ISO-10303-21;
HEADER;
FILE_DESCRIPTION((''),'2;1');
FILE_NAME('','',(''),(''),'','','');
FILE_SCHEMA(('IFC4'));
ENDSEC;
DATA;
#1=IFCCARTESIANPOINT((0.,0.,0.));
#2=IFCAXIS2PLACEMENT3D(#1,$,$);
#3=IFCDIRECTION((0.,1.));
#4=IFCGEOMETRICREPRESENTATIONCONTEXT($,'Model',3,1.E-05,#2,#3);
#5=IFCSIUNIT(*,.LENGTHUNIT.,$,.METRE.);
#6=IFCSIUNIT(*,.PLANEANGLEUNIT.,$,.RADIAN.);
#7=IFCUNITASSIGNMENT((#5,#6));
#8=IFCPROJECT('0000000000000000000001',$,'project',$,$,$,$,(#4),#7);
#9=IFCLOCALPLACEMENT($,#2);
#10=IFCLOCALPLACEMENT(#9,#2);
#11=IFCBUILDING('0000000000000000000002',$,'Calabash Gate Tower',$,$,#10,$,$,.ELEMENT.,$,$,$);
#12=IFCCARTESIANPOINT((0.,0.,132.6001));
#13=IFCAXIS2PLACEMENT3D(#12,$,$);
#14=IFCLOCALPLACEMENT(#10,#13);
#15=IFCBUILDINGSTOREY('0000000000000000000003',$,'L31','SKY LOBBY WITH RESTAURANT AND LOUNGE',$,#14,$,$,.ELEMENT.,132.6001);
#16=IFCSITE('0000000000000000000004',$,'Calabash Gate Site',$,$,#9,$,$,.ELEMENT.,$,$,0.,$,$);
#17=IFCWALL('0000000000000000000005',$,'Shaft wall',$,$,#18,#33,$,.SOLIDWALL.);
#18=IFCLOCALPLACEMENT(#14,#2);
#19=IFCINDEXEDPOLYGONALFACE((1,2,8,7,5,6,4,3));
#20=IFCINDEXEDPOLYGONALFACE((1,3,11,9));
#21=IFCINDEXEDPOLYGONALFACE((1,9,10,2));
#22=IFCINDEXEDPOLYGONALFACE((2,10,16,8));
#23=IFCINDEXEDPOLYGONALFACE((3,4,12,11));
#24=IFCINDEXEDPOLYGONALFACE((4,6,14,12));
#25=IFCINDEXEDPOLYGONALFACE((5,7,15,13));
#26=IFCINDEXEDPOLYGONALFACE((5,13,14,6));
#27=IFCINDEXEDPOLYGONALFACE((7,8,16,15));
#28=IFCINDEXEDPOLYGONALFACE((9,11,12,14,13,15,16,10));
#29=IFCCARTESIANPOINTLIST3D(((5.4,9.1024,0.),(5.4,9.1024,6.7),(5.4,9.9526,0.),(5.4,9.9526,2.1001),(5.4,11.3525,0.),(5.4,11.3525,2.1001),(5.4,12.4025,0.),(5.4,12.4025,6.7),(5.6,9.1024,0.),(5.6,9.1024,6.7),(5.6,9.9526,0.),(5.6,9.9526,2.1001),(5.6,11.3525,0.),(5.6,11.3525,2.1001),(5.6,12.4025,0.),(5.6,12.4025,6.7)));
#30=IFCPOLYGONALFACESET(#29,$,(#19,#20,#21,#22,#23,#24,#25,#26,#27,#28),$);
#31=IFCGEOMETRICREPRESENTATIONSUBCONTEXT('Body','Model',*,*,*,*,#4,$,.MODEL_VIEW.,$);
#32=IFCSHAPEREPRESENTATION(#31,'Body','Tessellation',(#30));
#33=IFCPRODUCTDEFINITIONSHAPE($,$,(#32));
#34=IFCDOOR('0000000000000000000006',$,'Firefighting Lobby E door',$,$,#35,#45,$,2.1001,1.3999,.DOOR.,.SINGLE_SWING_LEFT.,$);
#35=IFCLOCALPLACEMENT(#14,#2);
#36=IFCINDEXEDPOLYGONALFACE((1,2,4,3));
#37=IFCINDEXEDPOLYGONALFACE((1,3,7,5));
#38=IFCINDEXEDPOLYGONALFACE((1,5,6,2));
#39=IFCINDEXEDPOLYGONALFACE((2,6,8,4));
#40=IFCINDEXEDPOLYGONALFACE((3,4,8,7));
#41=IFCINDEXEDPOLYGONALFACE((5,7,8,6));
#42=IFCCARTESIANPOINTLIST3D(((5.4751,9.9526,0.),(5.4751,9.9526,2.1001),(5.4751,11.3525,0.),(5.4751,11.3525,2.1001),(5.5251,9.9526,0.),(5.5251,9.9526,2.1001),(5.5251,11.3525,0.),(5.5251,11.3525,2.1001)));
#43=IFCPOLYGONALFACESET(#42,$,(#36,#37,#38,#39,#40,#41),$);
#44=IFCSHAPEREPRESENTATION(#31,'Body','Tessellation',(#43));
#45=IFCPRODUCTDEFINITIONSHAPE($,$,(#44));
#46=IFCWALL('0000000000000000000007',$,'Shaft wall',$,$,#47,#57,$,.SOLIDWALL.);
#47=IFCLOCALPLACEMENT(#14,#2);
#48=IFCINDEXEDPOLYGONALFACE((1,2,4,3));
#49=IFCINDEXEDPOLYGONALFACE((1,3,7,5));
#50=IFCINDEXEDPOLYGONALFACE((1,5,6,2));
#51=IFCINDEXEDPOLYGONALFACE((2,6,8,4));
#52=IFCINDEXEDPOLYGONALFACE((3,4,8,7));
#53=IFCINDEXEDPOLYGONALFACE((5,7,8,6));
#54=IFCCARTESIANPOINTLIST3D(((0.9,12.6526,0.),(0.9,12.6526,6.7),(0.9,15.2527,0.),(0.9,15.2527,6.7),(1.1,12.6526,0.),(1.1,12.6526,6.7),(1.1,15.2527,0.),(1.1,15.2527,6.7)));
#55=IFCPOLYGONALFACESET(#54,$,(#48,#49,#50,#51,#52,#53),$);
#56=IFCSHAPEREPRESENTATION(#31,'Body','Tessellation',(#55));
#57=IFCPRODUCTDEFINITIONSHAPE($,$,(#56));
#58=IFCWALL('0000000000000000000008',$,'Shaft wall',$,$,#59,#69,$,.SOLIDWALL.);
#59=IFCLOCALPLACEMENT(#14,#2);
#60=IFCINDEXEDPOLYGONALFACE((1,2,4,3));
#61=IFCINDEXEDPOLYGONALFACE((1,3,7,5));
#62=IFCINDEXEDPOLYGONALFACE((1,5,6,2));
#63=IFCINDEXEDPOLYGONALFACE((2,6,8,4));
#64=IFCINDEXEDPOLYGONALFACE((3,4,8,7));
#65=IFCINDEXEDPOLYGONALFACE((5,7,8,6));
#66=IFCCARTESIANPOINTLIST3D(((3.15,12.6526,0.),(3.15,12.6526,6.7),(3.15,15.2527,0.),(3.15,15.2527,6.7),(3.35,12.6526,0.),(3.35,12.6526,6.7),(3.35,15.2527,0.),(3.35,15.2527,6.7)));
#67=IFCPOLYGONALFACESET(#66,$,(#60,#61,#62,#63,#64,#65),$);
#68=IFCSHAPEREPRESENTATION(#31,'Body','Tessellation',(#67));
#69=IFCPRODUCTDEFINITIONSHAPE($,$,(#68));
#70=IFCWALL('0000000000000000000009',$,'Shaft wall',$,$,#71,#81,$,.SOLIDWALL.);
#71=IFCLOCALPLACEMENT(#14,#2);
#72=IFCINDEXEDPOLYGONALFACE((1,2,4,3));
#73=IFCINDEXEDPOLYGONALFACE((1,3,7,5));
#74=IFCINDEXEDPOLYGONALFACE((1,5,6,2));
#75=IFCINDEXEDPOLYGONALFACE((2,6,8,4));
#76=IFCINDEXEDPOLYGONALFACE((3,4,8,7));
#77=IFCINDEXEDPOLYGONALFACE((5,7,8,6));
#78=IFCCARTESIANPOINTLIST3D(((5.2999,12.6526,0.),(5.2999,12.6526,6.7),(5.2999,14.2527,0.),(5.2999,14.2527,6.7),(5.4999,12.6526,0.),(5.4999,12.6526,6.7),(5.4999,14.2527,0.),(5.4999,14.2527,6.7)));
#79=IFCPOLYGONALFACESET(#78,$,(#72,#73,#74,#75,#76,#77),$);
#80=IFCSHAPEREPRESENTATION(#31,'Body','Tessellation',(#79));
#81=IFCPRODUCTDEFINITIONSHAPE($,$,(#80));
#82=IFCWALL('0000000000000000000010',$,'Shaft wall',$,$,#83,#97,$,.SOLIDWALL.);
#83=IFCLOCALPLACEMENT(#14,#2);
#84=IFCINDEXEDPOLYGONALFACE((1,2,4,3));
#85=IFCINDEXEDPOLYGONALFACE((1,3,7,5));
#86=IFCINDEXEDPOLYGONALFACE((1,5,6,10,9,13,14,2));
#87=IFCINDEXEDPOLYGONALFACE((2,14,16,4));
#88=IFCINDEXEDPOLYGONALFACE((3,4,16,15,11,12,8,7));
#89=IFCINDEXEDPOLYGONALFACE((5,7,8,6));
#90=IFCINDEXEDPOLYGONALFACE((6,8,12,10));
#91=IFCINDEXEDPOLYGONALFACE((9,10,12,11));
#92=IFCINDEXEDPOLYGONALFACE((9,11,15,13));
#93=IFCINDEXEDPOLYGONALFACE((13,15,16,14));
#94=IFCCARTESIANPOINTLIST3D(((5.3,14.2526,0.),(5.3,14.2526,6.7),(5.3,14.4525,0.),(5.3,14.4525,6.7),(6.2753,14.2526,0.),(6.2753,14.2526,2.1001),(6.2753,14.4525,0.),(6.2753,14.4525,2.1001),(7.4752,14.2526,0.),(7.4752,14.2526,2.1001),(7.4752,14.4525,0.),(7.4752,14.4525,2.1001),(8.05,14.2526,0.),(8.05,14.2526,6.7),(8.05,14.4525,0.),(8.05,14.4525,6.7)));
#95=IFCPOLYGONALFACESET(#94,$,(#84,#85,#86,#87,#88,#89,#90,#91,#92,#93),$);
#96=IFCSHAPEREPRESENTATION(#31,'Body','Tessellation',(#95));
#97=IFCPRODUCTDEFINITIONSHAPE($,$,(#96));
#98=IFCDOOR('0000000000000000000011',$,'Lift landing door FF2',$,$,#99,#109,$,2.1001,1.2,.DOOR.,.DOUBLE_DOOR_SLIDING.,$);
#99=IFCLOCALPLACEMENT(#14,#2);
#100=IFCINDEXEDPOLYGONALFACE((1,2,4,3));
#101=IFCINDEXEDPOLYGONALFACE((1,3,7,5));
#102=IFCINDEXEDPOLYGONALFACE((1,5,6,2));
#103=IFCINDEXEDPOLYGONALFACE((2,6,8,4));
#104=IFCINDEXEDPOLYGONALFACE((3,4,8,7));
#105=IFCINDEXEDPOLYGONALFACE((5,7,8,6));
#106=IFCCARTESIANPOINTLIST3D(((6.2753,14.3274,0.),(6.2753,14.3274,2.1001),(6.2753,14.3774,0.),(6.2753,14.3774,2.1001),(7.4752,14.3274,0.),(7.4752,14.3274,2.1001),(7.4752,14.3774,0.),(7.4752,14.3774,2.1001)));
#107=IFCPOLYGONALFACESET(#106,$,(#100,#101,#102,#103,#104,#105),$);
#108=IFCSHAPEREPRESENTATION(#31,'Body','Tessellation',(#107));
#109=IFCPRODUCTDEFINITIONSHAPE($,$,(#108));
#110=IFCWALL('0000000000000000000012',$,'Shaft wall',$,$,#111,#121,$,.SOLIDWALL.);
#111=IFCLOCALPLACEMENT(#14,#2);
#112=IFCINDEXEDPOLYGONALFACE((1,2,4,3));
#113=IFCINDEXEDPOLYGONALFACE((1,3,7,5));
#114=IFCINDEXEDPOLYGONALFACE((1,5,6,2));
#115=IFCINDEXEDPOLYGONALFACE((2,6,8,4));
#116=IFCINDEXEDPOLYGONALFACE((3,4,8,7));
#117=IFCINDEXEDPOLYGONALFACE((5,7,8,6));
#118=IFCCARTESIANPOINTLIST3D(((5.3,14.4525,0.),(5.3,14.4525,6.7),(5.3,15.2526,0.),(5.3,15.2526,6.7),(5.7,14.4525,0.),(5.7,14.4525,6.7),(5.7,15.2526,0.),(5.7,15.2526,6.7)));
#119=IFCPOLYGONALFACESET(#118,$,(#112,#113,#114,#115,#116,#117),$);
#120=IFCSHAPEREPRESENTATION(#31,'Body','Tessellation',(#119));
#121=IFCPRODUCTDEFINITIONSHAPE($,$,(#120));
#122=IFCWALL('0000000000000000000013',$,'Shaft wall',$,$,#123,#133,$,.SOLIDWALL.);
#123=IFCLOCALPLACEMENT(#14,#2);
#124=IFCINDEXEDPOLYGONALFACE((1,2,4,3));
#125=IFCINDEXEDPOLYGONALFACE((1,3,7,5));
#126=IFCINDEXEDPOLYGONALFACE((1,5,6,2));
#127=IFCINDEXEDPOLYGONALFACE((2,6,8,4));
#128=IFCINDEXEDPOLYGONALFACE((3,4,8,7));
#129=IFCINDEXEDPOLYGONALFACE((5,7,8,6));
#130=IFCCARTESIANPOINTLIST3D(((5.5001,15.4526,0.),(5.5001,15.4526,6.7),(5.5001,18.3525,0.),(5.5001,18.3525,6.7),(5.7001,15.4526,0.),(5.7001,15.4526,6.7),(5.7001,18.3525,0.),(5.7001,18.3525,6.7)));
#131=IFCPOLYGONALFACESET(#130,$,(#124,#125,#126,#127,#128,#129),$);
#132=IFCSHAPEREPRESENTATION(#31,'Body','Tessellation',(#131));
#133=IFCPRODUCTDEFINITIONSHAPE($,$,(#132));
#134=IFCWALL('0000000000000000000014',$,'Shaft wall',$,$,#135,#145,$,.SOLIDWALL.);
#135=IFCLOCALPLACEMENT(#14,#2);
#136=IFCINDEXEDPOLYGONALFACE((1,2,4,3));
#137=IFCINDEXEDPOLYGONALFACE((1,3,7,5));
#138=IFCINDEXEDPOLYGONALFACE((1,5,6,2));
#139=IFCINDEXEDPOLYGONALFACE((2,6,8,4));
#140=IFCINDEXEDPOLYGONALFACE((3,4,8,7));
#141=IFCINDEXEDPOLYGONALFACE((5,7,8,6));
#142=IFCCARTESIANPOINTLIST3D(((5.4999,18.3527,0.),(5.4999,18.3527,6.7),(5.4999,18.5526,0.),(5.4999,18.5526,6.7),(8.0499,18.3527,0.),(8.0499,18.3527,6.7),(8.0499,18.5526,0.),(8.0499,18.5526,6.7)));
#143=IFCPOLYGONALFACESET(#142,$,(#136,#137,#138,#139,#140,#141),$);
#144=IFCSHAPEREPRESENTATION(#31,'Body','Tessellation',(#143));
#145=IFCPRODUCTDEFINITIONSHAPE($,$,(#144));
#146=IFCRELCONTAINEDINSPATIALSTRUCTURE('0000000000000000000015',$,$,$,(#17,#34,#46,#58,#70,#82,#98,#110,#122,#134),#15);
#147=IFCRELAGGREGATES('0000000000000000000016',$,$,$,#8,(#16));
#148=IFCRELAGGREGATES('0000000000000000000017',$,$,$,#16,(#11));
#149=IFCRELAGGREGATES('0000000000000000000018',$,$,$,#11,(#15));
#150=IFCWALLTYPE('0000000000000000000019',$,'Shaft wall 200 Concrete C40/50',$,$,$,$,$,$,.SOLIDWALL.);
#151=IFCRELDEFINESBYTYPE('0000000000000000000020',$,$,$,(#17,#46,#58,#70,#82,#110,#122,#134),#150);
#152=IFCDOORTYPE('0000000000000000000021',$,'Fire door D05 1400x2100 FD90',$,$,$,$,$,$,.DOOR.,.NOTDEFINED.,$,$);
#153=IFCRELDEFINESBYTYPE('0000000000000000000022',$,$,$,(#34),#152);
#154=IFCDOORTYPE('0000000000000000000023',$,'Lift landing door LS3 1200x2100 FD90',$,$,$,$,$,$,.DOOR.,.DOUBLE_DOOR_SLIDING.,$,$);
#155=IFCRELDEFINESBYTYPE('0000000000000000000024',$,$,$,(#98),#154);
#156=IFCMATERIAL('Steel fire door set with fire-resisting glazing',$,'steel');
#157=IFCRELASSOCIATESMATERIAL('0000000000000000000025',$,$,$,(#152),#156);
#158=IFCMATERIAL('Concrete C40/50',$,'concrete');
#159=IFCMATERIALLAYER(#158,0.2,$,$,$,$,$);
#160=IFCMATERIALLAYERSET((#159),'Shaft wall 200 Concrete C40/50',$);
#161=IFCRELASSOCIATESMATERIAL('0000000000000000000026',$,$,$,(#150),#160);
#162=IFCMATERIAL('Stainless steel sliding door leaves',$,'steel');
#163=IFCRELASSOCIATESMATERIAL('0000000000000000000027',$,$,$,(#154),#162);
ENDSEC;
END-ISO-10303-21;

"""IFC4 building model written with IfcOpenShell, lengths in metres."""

from ifc_helpers import new_model, si_unit, direction, frame, frame_2d, origin, place, context, subcontext, project, spatial, rectangle, extrude, material, layer, layer_set, type_object, element, fill, save


model = new_model("IFC4")

# Units and contexts
model_context = context("Model", 3, precision=1e-05, world=origin(), true_north=direction((0.0, 1.0)))
body_context = subcontext(model_context, "Body", "Model", "MODEL_VIEW")
ifc_project = project(units=[si_unit("LENGTHUNIT", "METRE"), si_unit("PLANEANGLEUNIT", "RADIAN")], contexts=[model_context])

# Site, building, storey
site_placement = place(None, origin())
site = spatial("IfcSite", under=ifc_project, at=site_placement, Name="Calabash Gate Site", CompositionType="ELEMENT", RefElevation=0.0)
building_placement = place(site_placement, origin())
building = spatial("IfcBuilding", under=site, at=building_placement, Name="Calabash Gate Tower", CompositionType="ELEMENT")
storey_placement = place(building_placement, frame((0.0, 0.0, 132.6001)))
storey = spatial("IfcBuildingStorey", under=building, at=storey_placement, Name="L31", Description="SKY LOBBY WITH RESTAURANT AND LOUNGE", CompositionType="ELEMENT", Elevation=132.6001)

# Shared definitions
ifc_material_1 = material(Name="Steel fire door set with fire-resisting glazing", Category="steel")
door_type_1 = type_object("IfcDoorType", Name="Fire door D05 1400x2100 FD90", OperationType="NOTDEFINED", PredefinedType="DOOR", material=ifc_material_1)

# Shared definitions
ifc_material_2 = material(Name="Concrete C40/50", Category="concrete")
ifc_layer_1 = layer(ifc_material_2, 0.2)
ifc_layer_set_1 = layer_set([ifc_layer_1], Name="Shaft wall 200 Concrete C40/50")
wall_type_1 = type_object("IfcWallType", Name="Shaft wall 200 Concrete C40/50", PredefinedType="SOLIDWALL", material=ifc_layer_set_1)

# Wall, opening, door
wall_1_placement = place(storey_placement, frame((5.5, 9.1025, 0.0), z_axis=(0.0, 0.0, 1.0), x_axis=(0.0, 1.0, 0.0)))
wall_1 = element("IfcWall", 1, at=wall_1_placement, inside=storey, type_object=wall_type_1, Name="Shaft wall", PredefinedType="SOLIDWALL", context=body_context, shape_type="SweptSolid", body=[
    extrude(rectangle(XDim=3.3, YDim=0.2, at=frame_2d((1.6499, 0.0))), origin(), (0.0, 0.0, 1.0), 6.7),
])
opening_1_placement = place(wall_1_placement, frame((0.8501, 0.0, 0.0)))
opening_1 = element("IfcOpeningElement", 2, at=opening_1_placement, cuts=wall_1, PredefinedType="OPENING", context=body_context, shape_type="SweptSolid", body=[
    extrude(rectangle(XDim=1.3999, YDim=2.1001, at=frame_2d((0.7, 1.05))), frame((0.0, 0.1099, 0.0), z_axis=(0.0, -1.0, 0.0), x_axis=(1.0, 0.0, 0.0)), (0.0, 0.0, 1.0), 0.22),
])
door_1_placement = place(opening_1_placement, origin())
door_1 = element("IfcDoor", 3, at=door_1_placement, inside=storey, type_object=door_type_1, Name="Firefighting Lobby E door", OperationType="SINGLE_SWING_LEFT", OverallHeight=2.1001, OverallWidth=1.3999, PredefinedType="DOOR", context=body_context, shape_type="SweptSolid", body=[
    extrude(rectangle(XDim=1.3999, YDim=2.1001, at=frame_2d((0.7, 1.05))), frame((0.0, 0.0249, 0.0), z_axis=(0.0, -1.0, 0.0), x_axis=(1.0, 0.0, 0.0)), (0.0, 0.0, 1.0), 0.05),
])
fill(opening_1, door_1)

# Walls
for number, where, z_axis, x_axis, name in (
    (4, (1.0, 12.6526, 0.0), (0.0, 0.0, 1.0), (0.0, 1.0, 0.0), "Shaft wall"),
    (5, (3.25, 12.6526, 0.0), (0.0, 0.0, 1.0), (0.0, 1.0, 0.0), "Shaft wall"),
):
    element("IfcWall", number, at=place(storey_placement, frame(where, z_axis=z_axis, x_axis=x_axis)), inside=storey, type_object=wall_type_1, Name=name, PredefinedType="SOLIDWALL", context=body_context, shape_type="SweptSolid", body=[
        extrude(rectangle(XDim=2.6001, YDim=0.2, at=frame_2d((1.3, 0.0))), origin(), (0.0, 0.0, 1.0), 6.7),
    ])
wall_2_placement = place(storey_placement, frame((5.3999, 12.6526, 0.0), z_axis=(0.0, 0.0, 1.0), x_axis=(0.0, 1.0, 0.0)))
element("IfcWall", 6, at=wall_2_placement, inside=storey, type_object=wall_type_1, Name="Shaft wall", PredefinedType="SOLIDWALL", context=body_context, shape_type="SweptSolid", body=[
    extrude(rectangle(XDim=1.6001, YDim=0.2, at=frame_2d((0.8, 0.0))), origin(), (0.0, 0.0, 1.0), 6.7),
])

# Wall, opening, door
wall_3_placement = place(storey_placement, frame((5.3, 14.3525, 0.0), z_axis=(0.0, 0.0, 1.0), x_axis=(1.0, 0.0, 0.0)))
wall_3 = element("IfcWall", 7, at=wall_3_placement, inside=storey, type_object=wall_type_1, Name="Shaft wall", PredefinedType="SOLIDWALL", context=body_context, shape_type="SweptSolid", body=[
    extrude(rectangle(XDim=2.75, YDim=0.2, at=frame_2d((1.375, 0.0))), origin(), (0.0, 0.0, 1.0), 6.7),
])
opening_2_placement = place(wall_3_placement, frame((0.9751, 0.0, 0.0)))
opening_2 = element("IfcOpeningElement", 8, at=opening_2_placement, cuts=wall_3, PredefinedType="OPENING", context=body_context, shape_type="SweptSolid", body=[
    extrude(rectangle(XDim=1.2, YDim=2.1001, at=frame_2d((0.6001, 1.05))), frame((0.0, 0.1099, 0.0), z_axis=(0.0, -1.0, 0.0), x_axis=(1.0, 0.0, 0.0)), (0.0, 0.0, 1.0), 0.22),
])
ifc_material_3 = material(Name="Stainless steel sliding door leaves", Category="steel")
door_type_2 = type_object("IfcDoorType", Name="Lift landing door LS3 1200x2100 FD90", OperationType="DOUBLE_DOOR_SLIDING", PredefinedType="DOOR", material=ifc_material_3)
door_2_placement = place(opening_2_placement, origin())
door_2 = element("IfcDoor", 9, at=door_2_placement, inside=storey, type_object=door_type_2, Name="Lift landing door FF2", OperationType="DOUBLE_DOOR_SLIDING", OverallHeight=2.1001, OverallWidth=1.2, PredefinedType="DOOR", context=body_context, shape_type="SweptSolid", body=[
    extrude(rectangle(XDim=1.2, YDim=2.1001, at=frame_2d((0.6001, 1.05))), frame((0.0, 0.0249, 0.0), z_axis=(0.0, -1.0, 0.0), x_axis=(1.0, 0.0, 0.0)), (0.0, 0.0, 1.0), 0.05),
])
fill(opening_2, door_2)

# Walls
wall_4_placement = place(storey_placement, frame((5.5, 14.4526, 0.0), z_axis=(0.0, 0.0, 1.0), x_axis=(0.0, 1.0, 0.0)))
element("IfcWall", 10, at=wall_4_placement, inside=storey, type_object=wall_type_1, Name="Shaft wall", PredefinedType="SOLIDWALL", context=body_context, shape_type="SweptSolid", body=[
    extrude(rectangle(XDim=0.8, YDim=0.3999, at=frame_2d((0.3999, 0.0))), origin(), (0.0, 0.0, 1.0), 6.7),
])
wall_5_placement = place(storey_placement, frame((5.6001, 15.4526, 0.0), z_axis=(0.0, 0.0, 1.0), x_axis=(0.0, 1.0, 0.0)))
element("IfcWall", 11, at=wall_5_placement, inside=storey, type_object=wall_type_1, Name="Shaft wall", PredefinedType="SOLIDWALL", context=body_context, shape_type="SweptSolid", body=[
    extrude(rectangle(XDim=2.8999, YDim=0.2, at=frame_2d((1.45, 0.0))), origin(), (0.0, 0.0, 1.0), 6.7),
])
wall_6_placement = place(storey_placement, frame((5.5, 18.4526, 0.0), z_axis=(0.0, 0.0, 1.0), x_axis=(1.0, 0.0, 0.0)))
element("IfcWall", 12, at=wall_6_placement, inside=storey, type_object=wall_type_1, Name="Shaft wall", PredefinedType="SOLIDWALL", context=body_context, shape_type="SweptSolid", body=[
    extrude(rectangle(XDim=2.55, YDim=0.2, at=frame_2d((1.2749, 0.0))), origin(), (0.0, 0.0, 1.0), 6.7),
])

save(model, "model.ifc")
